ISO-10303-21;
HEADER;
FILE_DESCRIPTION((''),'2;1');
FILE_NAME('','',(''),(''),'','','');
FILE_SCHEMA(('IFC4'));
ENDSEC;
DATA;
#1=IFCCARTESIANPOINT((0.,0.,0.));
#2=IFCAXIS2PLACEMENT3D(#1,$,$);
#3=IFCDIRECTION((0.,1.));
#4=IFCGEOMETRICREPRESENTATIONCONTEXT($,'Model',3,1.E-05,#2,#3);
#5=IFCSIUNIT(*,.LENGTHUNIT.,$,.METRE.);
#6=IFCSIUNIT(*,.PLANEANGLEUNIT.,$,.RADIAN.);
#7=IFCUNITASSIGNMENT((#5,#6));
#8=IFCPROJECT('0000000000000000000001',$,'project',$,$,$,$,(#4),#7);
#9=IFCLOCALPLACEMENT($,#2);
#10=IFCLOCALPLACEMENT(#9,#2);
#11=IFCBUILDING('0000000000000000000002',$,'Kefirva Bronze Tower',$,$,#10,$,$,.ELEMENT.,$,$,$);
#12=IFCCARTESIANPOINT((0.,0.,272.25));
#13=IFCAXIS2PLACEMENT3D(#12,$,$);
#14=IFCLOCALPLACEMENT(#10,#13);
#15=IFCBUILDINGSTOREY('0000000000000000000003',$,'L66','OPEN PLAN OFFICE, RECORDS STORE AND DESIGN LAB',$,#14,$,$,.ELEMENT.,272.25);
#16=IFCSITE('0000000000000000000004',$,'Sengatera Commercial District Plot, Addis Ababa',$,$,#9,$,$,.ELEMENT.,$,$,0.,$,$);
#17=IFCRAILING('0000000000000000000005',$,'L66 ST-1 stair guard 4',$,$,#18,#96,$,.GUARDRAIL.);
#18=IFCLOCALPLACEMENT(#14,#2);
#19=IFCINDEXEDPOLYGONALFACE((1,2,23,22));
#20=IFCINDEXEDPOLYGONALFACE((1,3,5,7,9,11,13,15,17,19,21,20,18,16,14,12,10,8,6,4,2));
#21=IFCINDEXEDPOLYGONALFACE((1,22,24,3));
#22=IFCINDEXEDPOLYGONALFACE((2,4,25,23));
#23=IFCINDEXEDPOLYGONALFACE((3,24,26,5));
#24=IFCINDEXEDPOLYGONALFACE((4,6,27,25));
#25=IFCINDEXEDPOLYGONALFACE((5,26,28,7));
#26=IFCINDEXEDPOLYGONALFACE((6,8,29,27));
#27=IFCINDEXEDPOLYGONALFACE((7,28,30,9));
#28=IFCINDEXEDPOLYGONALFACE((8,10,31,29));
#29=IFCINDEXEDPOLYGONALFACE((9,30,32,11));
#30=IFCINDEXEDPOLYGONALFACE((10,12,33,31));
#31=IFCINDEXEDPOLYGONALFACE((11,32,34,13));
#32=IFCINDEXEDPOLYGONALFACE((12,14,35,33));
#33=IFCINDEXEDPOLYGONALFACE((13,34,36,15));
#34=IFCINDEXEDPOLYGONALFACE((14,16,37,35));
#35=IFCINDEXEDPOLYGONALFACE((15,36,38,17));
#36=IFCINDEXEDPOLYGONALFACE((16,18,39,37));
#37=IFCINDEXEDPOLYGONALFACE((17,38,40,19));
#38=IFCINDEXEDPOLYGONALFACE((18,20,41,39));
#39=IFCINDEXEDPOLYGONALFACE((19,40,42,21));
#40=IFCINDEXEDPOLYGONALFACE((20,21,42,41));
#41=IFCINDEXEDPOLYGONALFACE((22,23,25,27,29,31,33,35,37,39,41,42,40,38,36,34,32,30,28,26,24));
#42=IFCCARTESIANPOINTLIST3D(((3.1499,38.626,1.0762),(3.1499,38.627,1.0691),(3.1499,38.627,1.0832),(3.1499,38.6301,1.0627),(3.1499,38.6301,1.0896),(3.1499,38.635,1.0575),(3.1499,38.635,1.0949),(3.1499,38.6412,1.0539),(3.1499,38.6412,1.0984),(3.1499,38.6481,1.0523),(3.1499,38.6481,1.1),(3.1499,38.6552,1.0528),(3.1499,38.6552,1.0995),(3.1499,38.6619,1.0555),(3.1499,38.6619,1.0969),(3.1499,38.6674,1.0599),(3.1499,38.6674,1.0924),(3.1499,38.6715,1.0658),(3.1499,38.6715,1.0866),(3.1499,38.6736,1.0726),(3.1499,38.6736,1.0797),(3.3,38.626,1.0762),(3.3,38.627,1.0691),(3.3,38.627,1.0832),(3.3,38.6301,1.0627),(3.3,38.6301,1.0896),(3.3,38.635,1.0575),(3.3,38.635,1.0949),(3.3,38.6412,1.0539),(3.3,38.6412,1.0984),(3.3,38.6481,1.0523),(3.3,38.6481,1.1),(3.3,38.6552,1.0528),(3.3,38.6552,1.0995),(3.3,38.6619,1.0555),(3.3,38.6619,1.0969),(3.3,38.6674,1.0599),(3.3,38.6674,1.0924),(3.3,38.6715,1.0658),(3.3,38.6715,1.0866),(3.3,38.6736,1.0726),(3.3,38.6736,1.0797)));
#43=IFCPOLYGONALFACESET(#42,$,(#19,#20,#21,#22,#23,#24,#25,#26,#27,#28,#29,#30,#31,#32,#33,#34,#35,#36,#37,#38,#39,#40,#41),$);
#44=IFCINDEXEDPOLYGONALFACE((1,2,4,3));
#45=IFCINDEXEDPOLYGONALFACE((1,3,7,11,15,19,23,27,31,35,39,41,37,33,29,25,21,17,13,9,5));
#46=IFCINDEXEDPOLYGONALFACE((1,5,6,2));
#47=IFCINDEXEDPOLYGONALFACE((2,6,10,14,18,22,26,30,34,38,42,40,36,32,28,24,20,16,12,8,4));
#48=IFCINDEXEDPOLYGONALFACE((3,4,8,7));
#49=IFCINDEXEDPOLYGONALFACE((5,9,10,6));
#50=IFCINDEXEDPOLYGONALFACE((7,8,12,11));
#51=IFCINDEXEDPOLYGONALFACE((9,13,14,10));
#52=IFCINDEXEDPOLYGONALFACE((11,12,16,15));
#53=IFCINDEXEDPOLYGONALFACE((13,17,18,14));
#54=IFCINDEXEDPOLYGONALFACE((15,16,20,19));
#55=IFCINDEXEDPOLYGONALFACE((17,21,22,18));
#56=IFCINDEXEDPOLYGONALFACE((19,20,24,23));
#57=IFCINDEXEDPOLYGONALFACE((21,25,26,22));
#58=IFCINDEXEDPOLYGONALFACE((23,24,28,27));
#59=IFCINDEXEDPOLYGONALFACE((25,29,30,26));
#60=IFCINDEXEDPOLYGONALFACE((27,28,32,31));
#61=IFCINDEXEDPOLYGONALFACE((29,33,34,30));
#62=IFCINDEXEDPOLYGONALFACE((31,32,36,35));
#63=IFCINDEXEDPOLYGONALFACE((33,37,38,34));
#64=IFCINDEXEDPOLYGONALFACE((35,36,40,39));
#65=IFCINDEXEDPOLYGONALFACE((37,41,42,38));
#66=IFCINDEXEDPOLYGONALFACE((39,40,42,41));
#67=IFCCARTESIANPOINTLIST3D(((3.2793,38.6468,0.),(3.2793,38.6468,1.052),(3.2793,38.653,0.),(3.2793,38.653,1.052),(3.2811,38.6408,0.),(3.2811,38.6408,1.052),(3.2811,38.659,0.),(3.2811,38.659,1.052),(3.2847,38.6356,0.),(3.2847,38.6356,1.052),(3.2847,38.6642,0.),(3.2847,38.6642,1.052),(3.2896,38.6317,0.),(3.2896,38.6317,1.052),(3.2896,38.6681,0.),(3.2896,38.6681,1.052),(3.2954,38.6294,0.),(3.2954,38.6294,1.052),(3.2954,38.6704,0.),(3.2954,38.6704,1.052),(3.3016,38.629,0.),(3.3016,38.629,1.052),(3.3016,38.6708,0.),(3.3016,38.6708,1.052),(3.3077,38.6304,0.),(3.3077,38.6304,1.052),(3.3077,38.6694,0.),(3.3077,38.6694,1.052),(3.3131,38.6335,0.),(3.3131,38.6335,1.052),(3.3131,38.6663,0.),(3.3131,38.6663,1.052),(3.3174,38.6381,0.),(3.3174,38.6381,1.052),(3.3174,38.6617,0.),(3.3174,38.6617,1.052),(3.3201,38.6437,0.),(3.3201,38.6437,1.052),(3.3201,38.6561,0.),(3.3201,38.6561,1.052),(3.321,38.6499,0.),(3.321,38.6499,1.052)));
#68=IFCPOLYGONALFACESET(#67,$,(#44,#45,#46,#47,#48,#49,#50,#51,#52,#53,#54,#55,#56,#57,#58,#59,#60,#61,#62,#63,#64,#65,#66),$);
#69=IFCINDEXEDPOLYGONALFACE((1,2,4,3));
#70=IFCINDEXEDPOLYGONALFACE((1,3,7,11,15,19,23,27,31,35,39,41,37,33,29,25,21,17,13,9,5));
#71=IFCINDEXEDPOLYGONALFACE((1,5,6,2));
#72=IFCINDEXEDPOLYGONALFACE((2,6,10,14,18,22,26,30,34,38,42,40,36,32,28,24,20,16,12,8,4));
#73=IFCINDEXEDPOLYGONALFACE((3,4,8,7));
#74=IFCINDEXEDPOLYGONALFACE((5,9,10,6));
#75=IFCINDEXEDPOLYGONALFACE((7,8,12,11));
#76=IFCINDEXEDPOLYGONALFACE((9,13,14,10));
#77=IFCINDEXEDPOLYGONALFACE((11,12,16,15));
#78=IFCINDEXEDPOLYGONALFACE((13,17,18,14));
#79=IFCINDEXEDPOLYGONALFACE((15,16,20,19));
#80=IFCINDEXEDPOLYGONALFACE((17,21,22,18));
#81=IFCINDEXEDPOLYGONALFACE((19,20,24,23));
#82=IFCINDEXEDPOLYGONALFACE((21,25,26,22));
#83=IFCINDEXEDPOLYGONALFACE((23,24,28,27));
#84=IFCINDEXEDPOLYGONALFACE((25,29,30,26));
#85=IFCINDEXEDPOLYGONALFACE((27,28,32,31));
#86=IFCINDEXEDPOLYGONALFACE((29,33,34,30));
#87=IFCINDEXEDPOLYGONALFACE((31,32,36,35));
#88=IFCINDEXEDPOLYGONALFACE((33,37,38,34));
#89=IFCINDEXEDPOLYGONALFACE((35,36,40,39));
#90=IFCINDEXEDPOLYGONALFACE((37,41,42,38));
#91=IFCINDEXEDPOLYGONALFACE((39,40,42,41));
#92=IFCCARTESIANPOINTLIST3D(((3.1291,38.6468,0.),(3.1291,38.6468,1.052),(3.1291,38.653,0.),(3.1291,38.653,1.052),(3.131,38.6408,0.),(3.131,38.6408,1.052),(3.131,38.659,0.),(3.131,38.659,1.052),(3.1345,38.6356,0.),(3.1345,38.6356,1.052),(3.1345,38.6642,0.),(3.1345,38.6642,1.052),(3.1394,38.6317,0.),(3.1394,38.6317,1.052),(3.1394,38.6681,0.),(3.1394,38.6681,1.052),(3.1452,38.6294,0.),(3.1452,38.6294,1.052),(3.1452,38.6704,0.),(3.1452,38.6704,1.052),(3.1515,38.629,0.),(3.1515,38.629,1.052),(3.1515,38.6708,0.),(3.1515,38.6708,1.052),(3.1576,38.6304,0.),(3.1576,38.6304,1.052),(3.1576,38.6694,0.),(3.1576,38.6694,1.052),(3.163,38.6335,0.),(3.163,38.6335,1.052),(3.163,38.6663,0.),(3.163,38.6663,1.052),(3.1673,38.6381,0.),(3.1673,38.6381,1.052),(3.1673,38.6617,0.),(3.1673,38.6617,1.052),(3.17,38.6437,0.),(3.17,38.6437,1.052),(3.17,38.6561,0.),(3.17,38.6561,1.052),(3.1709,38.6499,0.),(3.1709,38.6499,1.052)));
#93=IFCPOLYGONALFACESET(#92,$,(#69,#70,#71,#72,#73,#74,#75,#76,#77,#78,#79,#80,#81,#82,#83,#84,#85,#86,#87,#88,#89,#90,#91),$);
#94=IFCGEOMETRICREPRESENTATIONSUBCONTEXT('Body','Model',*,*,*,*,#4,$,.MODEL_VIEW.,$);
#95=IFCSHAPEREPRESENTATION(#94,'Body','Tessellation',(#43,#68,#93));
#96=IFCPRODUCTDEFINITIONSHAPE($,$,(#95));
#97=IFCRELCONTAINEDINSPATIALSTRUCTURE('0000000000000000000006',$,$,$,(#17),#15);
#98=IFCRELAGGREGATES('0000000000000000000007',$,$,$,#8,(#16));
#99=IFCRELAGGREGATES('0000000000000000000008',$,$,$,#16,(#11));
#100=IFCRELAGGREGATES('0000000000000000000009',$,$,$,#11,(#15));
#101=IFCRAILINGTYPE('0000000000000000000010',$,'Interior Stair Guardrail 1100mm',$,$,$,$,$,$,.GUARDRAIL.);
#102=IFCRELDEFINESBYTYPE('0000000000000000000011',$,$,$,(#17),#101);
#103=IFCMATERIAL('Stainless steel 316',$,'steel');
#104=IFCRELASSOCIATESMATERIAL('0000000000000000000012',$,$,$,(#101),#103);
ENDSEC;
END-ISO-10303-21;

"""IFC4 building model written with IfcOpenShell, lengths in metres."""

from ifc_helpers import new_model, si_unit, direction, frame, origin, origin_2d, place, context, subcontext, project, spatial, circle, extrude, material, type_object, element, save


model = new_model("IFC4")

# Units and contexts
model_context = context("Model", 3, precision=1e-05, world=origin(), true_north=direction((0.0, 1.0)))
body_context = subcontext(model_context, "Body", "Model", "MODEL_VIEW")
ifc_project = project(units=[si_unit("LENGTHUNIT", "METRE"), si_unit("PLANEANGLEUNIT", "RADIAN")], contexts=[model_context])

# Site, building, storey
site_placement = place(None, origin())
site = spatial("IfcSite", under=ifc_project, at=site_placement, Name="Sengatera Commercial District Plot, Addis Ababa", CompositionType="ELEMENT", RefElevation=0.0)
building_placement = place(site_placement, origin())
building = spatial("IfcBuilding", under=site, at=building_placement, Name="Kefirva Bronze Tower", CompositionType="ELEMENT")
storey_placement = place(building_placement, frame((0.0, 0.0, 272.25)))
storey = spatial("IfcBuildingStorey", under=building, at=storey_placement, Name="L66", Description="OPEN PLAN OFFICE, RECORDS STORE AND DESIGN LAB", CompositionType="ELEMENT", Elevation=272.25)

# Railing
ifc_material_1 = material(Name="Stainless steel 316", Category="steel")
railing_type_1 = type_object("IfcRailingType", Name="Interior Stair Guardrail 1100mm", PredefinedType="GUARDRAIL", material=ifc_material_1)
railing_1_placement = place(storey_placement, frame((3.3, 38.6499, 0.0)))
element("IfcRailing", 1, at=railing_1_placement, inside=storey, type_object=railing_type_1, Name="L66 ST-1 stair guard 4", PredefinedType="GUARDRAIL", context=body_context, shape_type="SweptSolid", body=[
    extrude(circle(Radius=0.0239, at=origin_2d()), frame((0.0, 0.0, 1.0762), z_axis=(-1.0, 0.0, 0.0), x_axis=(0.0, -1.0, 0.0)), (0.0, 0.0, 1.0), 0.1501),
    extrude(circle(Radius=0.021, at=origin_2d()), origin(), (0.0, 0.0, 1.0), 1.052),
    extrude(circle(Radius=0.021, at=origin_2d()), frame((-0.1501, 0.0, 0.0)), (0.0, 0.0, 1.0), 1.052),
])

save(model, "model.ifc")
